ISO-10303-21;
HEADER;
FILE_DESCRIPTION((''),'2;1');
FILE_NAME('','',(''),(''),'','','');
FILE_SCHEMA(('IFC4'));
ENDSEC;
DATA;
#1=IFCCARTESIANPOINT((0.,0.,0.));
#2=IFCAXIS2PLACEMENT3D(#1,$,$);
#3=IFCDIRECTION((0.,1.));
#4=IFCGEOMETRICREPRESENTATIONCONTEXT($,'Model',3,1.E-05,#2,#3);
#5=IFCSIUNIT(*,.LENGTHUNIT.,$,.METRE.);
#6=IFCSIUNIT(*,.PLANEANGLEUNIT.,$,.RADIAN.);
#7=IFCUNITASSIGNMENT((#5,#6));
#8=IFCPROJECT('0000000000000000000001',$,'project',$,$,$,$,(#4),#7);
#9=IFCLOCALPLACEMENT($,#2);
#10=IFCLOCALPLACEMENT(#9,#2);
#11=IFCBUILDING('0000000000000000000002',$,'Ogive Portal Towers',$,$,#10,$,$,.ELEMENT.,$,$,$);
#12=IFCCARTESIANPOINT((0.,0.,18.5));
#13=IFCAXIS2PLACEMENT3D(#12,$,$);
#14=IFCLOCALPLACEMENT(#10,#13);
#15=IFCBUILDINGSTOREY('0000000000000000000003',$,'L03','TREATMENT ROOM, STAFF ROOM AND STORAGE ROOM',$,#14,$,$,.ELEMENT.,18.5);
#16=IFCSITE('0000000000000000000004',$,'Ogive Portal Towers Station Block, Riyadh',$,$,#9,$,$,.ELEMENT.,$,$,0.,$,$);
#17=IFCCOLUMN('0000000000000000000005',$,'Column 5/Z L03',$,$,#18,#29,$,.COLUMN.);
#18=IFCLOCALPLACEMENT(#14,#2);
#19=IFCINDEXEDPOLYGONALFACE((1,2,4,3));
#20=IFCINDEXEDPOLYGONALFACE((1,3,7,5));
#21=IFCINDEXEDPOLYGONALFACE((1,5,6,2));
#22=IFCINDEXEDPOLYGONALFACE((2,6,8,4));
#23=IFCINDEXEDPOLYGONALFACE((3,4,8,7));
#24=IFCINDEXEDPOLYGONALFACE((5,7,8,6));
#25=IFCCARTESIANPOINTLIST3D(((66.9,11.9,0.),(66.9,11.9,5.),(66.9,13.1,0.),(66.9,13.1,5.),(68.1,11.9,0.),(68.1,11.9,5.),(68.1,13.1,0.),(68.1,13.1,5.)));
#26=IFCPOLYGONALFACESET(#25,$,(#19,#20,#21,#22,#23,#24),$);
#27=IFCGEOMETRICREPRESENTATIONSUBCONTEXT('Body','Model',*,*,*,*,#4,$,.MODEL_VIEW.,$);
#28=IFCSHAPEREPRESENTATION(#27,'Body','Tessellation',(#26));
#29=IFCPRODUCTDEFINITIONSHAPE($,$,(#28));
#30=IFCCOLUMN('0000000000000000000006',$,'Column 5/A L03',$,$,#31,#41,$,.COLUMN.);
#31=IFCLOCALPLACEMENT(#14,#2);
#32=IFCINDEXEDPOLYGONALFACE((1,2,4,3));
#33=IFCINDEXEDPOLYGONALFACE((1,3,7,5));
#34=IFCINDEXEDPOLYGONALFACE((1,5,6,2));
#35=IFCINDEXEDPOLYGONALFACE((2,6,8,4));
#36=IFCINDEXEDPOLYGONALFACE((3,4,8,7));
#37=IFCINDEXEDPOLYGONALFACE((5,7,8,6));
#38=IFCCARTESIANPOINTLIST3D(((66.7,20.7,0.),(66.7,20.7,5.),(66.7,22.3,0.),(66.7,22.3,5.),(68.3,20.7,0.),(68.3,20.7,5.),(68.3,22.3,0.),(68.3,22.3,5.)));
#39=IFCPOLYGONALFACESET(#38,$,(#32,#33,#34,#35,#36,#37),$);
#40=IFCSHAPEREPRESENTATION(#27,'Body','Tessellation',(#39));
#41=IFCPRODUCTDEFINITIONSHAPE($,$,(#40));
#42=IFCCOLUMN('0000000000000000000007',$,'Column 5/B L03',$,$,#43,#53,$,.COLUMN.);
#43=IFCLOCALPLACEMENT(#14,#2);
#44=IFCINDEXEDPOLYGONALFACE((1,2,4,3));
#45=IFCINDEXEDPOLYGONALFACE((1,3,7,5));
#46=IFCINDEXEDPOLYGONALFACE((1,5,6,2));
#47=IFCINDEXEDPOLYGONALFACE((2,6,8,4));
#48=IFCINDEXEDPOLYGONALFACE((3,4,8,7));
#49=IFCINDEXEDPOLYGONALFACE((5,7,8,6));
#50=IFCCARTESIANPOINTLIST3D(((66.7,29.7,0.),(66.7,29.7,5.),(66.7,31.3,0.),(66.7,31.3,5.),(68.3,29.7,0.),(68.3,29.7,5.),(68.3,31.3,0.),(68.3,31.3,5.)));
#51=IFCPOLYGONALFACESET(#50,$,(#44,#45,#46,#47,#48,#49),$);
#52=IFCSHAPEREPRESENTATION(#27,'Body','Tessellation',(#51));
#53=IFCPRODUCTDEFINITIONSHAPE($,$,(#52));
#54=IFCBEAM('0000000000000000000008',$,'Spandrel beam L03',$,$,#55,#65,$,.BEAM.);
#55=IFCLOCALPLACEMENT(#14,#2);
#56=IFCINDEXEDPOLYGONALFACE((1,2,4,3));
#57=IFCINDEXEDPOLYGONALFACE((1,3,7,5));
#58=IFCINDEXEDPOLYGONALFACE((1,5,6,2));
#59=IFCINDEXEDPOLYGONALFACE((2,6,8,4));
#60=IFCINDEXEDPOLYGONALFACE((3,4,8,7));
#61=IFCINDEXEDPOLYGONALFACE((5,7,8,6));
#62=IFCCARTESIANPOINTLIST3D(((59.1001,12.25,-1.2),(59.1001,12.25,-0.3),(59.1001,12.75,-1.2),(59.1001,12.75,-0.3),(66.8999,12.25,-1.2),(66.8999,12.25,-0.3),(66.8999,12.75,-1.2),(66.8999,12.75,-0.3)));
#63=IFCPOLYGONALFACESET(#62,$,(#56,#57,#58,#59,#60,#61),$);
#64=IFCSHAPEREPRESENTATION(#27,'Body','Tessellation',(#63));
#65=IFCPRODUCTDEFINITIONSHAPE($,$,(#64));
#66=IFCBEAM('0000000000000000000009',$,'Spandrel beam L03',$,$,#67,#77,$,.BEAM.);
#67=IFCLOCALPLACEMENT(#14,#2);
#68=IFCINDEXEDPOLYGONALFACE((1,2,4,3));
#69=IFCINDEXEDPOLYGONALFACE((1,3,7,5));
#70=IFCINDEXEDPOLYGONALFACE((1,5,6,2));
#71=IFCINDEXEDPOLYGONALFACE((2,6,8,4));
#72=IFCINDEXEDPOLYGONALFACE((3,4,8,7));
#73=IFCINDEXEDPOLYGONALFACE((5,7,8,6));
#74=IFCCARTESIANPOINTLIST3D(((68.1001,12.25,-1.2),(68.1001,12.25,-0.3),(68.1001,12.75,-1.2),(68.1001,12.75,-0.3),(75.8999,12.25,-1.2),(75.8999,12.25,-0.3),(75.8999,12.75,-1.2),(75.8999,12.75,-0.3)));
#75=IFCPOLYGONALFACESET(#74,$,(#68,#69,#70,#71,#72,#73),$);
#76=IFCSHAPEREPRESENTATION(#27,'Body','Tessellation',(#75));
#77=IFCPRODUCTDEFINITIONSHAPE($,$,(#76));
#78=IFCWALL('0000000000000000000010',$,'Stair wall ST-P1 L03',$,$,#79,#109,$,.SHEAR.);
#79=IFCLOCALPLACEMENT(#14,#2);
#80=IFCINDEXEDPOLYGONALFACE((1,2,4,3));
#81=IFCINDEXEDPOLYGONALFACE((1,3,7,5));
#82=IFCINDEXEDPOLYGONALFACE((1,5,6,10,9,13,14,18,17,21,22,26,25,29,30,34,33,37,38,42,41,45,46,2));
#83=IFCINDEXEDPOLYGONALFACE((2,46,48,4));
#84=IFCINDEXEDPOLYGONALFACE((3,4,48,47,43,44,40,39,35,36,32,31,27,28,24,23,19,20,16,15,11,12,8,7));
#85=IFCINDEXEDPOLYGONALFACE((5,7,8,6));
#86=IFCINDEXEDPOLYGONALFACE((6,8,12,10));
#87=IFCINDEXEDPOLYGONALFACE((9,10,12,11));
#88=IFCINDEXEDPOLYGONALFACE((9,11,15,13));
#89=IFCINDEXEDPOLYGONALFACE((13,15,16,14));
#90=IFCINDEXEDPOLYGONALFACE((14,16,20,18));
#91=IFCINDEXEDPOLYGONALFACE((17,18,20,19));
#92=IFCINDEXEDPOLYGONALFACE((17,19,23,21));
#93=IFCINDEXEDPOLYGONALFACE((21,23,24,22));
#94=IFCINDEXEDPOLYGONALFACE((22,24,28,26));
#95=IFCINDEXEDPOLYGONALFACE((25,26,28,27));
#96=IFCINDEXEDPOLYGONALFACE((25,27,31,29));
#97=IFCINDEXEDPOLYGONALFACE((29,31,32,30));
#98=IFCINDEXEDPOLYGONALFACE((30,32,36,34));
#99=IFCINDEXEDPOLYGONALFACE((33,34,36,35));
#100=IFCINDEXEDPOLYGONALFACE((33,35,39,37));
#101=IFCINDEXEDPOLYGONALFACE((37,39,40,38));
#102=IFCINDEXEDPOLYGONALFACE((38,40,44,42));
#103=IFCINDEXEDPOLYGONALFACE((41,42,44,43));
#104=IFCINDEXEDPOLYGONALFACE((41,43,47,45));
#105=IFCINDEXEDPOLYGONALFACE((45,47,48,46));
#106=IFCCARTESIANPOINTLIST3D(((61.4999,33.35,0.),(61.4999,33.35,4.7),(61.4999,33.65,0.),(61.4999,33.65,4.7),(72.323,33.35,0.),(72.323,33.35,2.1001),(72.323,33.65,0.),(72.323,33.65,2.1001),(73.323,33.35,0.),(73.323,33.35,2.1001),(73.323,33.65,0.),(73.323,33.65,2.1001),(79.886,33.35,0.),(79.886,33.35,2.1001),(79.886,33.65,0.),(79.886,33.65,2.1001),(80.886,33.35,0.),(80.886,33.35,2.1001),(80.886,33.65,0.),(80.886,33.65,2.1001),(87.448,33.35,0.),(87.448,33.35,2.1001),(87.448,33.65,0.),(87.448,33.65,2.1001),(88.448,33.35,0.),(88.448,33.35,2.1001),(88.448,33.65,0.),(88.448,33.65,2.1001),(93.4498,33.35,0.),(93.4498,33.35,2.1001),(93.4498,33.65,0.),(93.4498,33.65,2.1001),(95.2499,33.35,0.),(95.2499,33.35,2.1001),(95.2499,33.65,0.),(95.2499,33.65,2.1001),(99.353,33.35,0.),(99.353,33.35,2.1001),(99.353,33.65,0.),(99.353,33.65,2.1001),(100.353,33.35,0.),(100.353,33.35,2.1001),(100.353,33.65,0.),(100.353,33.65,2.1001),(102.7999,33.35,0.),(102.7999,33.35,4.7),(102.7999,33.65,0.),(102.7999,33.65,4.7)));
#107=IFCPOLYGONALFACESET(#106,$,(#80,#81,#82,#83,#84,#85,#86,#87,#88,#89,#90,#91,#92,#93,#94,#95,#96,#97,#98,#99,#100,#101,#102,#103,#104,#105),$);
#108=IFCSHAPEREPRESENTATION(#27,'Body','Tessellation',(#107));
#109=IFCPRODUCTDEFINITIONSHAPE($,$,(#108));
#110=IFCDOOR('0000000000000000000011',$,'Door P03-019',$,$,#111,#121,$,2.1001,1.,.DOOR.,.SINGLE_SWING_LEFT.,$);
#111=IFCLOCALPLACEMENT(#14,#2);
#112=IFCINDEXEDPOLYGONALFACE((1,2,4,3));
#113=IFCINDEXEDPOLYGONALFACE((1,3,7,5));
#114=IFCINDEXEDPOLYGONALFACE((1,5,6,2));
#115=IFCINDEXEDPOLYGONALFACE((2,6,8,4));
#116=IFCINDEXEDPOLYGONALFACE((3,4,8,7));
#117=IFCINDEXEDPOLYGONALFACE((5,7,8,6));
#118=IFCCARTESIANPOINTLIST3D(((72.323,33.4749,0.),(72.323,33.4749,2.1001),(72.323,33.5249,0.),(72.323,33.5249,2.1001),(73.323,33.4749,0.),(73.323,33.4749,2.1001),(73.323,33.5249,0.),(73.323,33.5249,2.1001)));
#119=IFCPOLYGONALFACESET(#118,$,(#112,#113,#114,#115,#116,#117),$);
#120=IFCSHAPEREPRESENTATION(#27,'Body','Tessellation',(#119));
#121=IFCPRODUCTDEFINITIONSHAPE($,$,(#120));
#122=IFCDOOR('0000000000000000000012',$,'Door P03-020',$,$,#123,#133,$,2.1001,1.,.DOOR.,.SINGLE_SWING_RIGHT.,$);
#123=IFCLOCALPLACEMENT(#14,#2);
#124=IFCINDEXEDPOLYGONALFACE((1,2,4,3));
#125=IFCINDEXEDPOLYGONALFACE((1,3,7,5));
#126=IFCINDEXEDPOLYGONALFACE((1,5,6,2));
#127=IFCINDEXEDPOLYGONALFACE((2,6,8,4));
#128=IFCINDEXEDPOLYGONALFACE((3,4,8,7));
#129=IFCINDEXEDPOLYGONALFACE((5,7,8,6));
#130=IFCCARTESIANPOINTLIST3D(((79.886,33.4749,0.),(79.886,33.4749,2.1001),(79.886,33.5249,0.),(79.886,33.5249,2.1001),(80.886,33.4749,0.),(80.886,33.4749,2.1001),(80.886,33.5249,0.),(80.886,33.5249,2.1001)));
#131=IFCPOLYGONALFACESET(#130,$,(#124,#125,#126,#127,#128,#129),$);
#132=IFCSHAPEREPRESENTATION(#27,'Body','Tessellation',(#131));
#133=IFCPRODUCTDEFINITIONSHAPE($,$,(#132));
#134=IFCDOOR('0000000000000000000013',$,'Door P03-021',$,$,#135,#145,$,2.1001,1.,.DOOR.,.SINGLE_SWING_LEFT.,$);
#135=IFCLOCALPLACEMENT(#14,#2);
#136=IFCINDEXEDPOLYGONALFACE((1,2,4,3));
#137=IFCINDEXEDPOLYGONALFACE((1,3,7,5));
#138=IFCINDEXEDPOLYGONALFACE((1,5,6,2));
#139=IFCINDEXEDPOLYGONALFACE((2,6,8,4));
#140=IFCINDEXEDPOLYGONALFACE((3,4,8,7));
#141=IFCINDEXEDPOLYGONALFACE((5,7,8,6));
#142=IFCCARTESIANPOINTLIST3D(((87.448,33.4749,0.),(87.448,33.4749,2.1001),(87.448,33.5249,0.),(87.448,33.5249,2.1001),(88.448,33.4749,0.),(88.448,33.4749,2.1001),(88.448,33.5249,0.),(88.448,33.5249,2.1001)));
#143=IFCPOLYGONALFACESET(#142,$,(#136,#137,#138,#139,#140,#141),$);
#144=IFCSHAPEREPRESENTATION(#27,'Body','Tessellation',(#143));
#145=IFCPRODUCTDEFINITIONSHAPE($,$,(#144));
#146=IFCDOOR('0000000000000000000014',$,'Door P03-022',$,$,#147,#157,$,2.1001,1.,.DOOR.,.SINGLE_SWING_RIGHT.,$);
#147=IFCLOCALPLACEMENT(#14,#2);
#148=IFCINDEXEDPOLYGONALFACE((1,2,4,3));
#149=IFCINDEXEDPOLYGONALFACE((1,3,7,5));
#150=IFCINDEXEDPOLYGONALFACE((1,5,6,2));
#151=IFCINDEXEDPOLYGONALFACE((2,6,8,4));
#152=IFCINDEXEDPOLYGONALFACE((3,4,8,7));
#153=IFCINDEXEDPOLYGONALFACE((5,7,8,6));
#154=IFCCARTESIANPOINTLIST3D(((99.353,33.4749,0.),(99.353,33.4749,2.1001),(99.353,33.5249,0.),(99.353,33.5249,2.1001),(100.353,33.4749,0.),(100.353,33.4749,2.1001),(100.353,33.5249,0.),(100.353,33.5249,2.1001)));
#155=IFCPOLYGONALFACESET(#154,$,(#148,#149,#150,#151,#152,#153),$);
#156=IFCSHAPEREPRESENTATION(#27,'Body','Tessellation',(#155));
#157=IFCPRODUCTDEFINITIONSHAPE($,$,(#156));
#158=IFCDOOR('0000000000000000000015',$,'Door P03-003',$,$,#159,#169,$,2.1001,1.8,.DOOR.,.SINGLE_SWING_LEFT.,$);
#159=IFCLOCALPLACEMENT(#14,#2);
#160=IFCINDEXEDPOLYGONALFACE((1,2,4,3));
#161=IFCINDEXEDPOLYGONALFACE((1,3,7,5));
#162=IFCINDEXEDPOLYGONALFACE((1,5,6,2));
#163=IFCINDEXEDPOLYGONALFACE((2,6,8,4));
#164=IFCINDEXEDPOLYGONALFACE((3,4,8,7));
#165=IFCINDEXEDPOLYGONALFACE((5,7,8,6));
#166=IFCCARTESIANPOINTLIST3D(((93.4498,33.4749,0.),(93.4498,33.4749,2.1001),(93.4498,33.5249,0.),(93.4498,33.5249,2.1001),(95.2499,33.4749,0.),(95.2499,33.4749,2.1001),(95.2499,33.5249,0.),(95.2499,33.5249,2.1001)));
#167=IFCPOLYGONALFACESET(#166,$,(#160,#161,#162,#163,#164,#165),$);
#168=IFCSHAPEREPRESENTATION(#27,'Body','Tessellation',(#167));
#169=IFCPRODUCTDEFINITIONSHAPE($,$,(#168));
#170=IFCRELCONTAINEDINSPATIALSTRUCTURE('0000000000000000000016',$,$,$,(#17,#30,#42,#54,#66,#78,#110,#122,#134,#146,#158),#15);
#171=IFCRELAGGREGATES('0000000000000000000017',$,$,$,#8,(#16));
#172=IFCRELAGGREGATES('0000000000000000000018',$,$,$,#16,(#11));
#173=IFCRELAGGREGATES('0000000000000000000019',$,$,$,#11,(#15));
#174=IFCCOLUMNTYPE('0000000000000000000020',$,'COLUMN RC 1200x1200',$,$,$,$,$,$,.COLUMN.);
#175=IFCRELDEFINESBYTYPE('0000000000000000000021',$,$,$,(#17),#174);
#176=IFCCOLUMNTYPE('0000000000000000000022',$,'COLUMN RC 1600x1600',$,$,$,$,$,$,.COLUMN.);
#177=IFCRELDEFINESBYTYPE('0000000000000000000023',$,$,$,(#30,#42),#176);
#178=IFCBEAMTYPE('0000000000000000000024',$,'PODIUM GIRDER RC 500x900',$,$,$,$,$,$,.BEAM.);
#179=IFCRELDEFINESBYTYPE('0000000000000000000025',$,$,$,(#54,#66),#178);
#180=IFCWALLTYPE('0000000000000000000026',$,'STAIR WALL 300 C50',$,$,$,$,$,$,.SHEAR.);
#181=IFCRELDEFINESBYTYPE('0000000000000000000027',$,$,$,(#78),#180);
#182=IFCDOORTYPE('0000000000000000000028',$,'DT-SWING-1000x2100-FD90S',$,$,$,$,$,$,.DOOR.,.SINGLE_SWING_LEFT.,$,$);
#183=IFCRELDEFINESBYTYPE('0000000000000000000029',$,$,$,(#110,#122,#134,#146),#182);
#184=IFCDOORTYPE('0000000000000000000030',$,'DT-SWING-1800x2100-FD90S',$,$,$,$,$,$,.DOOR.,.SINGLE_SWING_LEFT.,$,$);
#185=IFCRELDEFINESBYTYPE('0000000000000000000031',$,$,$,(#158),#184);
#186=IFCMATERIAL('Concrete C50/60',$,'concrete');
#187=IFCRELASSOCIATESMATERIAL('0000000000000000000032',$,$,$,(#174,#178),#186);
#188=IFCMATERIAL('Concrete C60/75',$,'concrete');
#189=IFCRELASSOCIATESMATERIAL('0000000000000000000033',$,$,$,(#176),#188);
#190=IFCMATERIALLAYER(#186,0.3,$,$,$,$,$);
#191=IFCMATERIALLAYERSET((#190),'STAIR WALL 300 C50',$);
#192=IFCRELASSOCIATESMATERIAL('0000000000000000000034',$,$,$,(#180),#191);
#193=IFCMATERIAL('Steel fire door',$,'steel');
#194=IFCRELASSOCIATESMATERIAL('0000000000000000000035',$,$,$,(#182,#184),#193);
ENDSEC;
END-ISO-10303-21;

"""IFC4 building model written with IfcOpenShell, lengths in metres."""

from ifc_helpers import new_model, si_unit, direction, frame, frame_2d, origin, origin_2d, place, context, subcontext, project, spatial, rectangle, extrude, material, layer, layer_set, material_profile, profile_set, type_object, element, fill, save


model = new_model("IFC4")

# Units and contexts
model_context = context("Model", 3, precision=1e-05, world=origin(), true_north=direction((0.0, 1.0)))
body_context = subcontext(model_context, "Body", "Model", "MODEL_VIEW")
ifc_project = project(units=[si_unit("LENGTHUNIT", "METRE"), si_unit("PLANEANGLEUNIT", "RADIAN")], contexts=[model_context])

# Site, building, storey
site_placement = place(None, origin())
site = spatial("IfcSite", under=ifc_project, at=site_placement, Name="Ogive Portal Towers Station Block, Riyadh", CompositionType="ELEMENT", RefElevation=0.0)
building_placement = place(site_placement, origin())
building = spatial("IfcBuilding", under=site, at=building_placement, Name="Ogive Portal Towers", CompositionType="ELEMENT")
storey_placement = place(building_placement, frame((0.0, 0.0, 18.5)))
storey = spatial("IfcBuildingStorey", under=building, at=storey_placement, Name="L03", Description="TREATMENT ROOM, STAFF ROOM AND STORAGE ROOM", CompositionType="ELEMENT", Elevation=18.5)

# Columns
ifc_material_1 = material(Name="Concrete C50/60", Category="concrete")
ifc_material_profile_1 = material_profile(ifc_material_1, rectangle(XDim=1.2, YDim=1.2, at=origin_2d()), Name="RC 1200x1200")
ifc_profile_set_1 = profile_set([ifc_material_profile_1], Name="Concrete C50/60")
column_type_1 = type_object("IfcColumnType", Name="COLUMN RC 1200x1200", PredefinedType="COLUMN", material=ifc_profile_set_1)
column_placement = place(storey_placement, frame((67.5, 12.5, 0.0), z_axis=(0.0, 0.0, 1.0), x_axis=(1.0, 0.0, 0.0)))
element("IfcColumn", 1, at=column_placement, inside=storey, type_object=column_type_1, Name="Column 5/Z L03", PredefinedType="COLUMN", context=body_context, shape_type="SweptSolid", body=[
    extrude(rectangle(XDim=1.2, YDim=1.2, at=origin_2d()), origin(), (0.0, 0.0, 1.0), 5.0),
])
ifc_material_2 = material(Name="Concrete C60/75", Category="concrete")
ifc_material_profile_2 = material_profile(ifc_material_2, rectangle(XDim=1.6001, YDim=1.6001, at=origin_2d()), Name="RC 1600x1600")
ifc_profile_set_2 = profile_set([ifc_material_profile_2], Name="Concrete C60/75")
column_type_2 = type_object("IfcColumnType", Name="COLUMN RC 1600x1600", PredefinedType="COLUMN", material=ifc_profile_set_2)
for number, where, z_axis, x_axis, name in (
    (2, (67.5, 21.5, 0.0), (0.0, 0.0, 1.0), (1.0, 0.0, 0.0), "Column 5/A L03"),
    (3, (67.5, 30.5, 0.0), (0.0, 0.0, 1.0), (1.0, 0.0, 0.0), "Column 5/B L03"),
):
    element("IfcColumn", number, at=place(storey_placement, frame(where, z_axis=z_axis, x_axis=x_axis)), inside=storey, type_object=column_type_2, Name=name, PredefinedType="COLUMN", context=body_context, shape_type="SweptSolid", body=[
        extrude(rectangle(XDim=1.6001, YDim=1.6001, at=origin_2d()), origin(), (0.0, 0.0, 1.0), 5.0),
    ])

# Beams
ifc_material_profile_3 = material_profile(ifc_material_1, rectangle(XDim=0.5, YDim=0.8999, at=origin_2d()), Name="RC 500x900")
ifc_profile_set_3 = profile_set([ifc_material_profile_3], Name="Concrete C50/60")
beam_type = type_object("IfcBeamType", Name="PODIUM GIRDER RC 500x900", PredefinedType="BEAM", material=ifc_profile_set_3)
for number, where, z_axis, x_axis, name in (
    (4, (59.1001, 12.5, -0.75), (1.0, 0.0, 0.0), (0.0, 1.0, 0.0), "Spandrel beam L03"),
    (5, (68.1001, 12.5, -0.75), (1.0, 0.0, 0.0), (0.0, 1.0, 0.0), "Spandrel beam L03"),
):
    element("IfcBeam", number, at=place(storey_placement, frame(where, z_axis=z_axis, x_axis=x_axis)), inside=storey, type_object=beam_type, Name=name, PredefinedType="BEAM", context=body_context, shape_type="SweptSolid", body=[
        extrude(rectangle(XDim=0.5, YDim=0.8999, at=origin_2d()), origin(), (0.0, 0.0, 1.0), 7.7998),
    ])

# Wall, openings, doors
ifc_layer_1 = layer(ifc_material_1, 0.3)
ifc_layer_set_1 = layer_set([ifc_layer_1], Name="STAIR WALL 300 C50")
wall_type_1 = type_object("IfcWallType", Name="STAIR WALL 300 C50", PredefinedType="SHEAR", material=ifc_layer_set_1)
wall_1_placement = place(storey_placement, frame((61.5, 33.5, 0.0), z_axis=(0.0, 0.0, 1.0), x_axis=(1.0, 0.0, 0.0)))
wall_1 = element("IfcWall", 6, at=wall_1_placement, inside=storey, type_object=wall_type_1, Name="Stair wall ST-P1 L03", PredefinedType="SHEAR", context=body_context, shape_type="SweptSolid", body=[
    extrude(rectangle(XDim=41.3, YDim=0.3, at=frame_2d((20.6499, 0.0))), origin(), (0.0, 0.0, 1.0), 4.7),
])
opening_1_placement = place(wall_1_placement, frame((31.95, 0.0, 0.0)))
opening_1 = element("IfcOpeningElement", 7, at=opening_1_placement, cuts=wall_1, PredefinedType="OPENING", context=body_context, shape_type="SweptSolid", body=[
    extrude(rectangle(XDim=1.8, YDim=2.1001, at=frame_2d((0.8999, 1.05))), frame((0.0, 0.1602, 0.0), z_axis=(0.0, -1.0, 0.0), x_axis=(1.0, 0.0, 0.0)), (0.0, 0.0, 1.0), 0.3201),
])
opening_2_placement = place(wall_1_placement, frame((10.823, 0.0, 0.0)))
opening_2 = element("IfcOpeningElement", 8, at=opening_2_placement, cuts=wall_1, PredefinedType="OPENING", context=body_context, shape_type="SweptSolid", body=[
    extrude(rectangle(XDim=1.0, YDim=2.1001, at=frame_2d((0.5, 1.05))), frame((0.0, 0.1602, 0.0), z_axis=(0.0, -1.0, 0.0), x_axis=(1.0, 0.0, 0.0)), (0.0, 0.0, 1.0), 0.3201),
])
opening_3_placement = place(wall_1_placement, frame((18.386, 0.0, 0.0)))
opening_3 = element("IfcOpeningElement", 9, at=opening_3_placement, cuts=wall_1, PredefinedType="OPENING", context=body_context, shape_type="SweptSolid", body=[
    extrude(rectangle(XDim=1.0, YDim=2.1001, at=frame_2d((0.5, 1.05))), frame((0.0, 0.1602, 0.0), z_axis=(0.0, -1.0, 0.0), x_axis=(1.0, 0.0, 0.0)), (0.0, 0.0, 1.0), 0.3201),
])
opening_4_placement = place(wall_1_placement, frame((25.948, 0.0, 0.0)))
opening_4 = element("IfcOpeningElement", 10, at=opening_4_placement, cuts=wall_1, PredefinedType="OPENING", context=body_context, shape_type="SweptSolid", body=[
    extrude(rectangle(XDim=1.0, YDim=2.1001, at=frame_2d((0.5, 1.05))), frame((0.0, 0.1602, 0.0), z_axis=(0.0, -1.0, 0.0), x_axis=(1.0, 0.0, 0.0)), (0.0, 0.0, 1.0), 0.3201),
])
opening_5_placement = place(wall_1_placement, frame((37.853, 0.0, 0.0)))
opening_5 = element("IfcOpeningElement", 11, at=opening_5_placement, cuts=wall_1, PredefinedType="OPENING", context=body_context, shape_type="SweptSolid", body=[
    extrude(rectangle(XDim=1.0, YDim=2.1001, at=frame_2d((0.5, 1.05))), frame((0.0, 0.1602, 0.0), z_axis=(0.0, -1.0, 0.0), x_axis=(1.0, 0.0, 0.0)), (0.0, 0.0, 1.0), 0.3201),
])
ifc_material_3 = material(Name="Steel fire door", Category="steel")
door_type_1 = type_object("IfcDoorType", Name="DT-SWING-1000x2100-FD90S", OperationType="SINGLE_SWING_LEFT", PredefinedType="DOOR", material=ifc_material_3)
door_1_placement = place(opening_2_placement, origin())
door_1 = element("IfcDoor", 12, at=door_1_placement, inside=storey, type_object=door_type_1, Name="Door P03-019", OperationType="SINGLE_SWING_LEFT", OverallHeight=2.1001, OverallWidth=1.0, PredefinedType="DOOR", context=body_context, shape_type="SweptSolid", body=[
    extrude(rectangle(XDim=1.0, YDim=2.1001, at=frame_2d((0.5, 1.05))), frame((0.0, 0.0249, 0.0), z_axis=(0.0, -1.0, 0.0), x_axis=(1.0, 0.0, 0.0)), (0.0, 0.0, 1.0), 0.05),
])
fill(opening_2, door_1)
door_2_placement = place(opening_3_placement, origin())
door_2 = element("IfcDoor", 13, at=door_2_placement, inside=storey, type_object=door_type_1, Name="Door P03-020", OperationType="SINGLE_SWING_RIGHT", OverallHeight=2.1001, OverallWidth=1.0, PredefinedType="DOOR", context=body_context, shape_type="SweptSolid", body=[
    extrude(rectangle(XDim=1.0, YDim=2.1001, at=frame_2d((0.5, 1.05))), frame((0.0, 0.0249, 0.0), z_axis=(0.0, -1.0, 0.0), x_axis=(1.0, 0.0, 0.0)), (0.0, 0.0, 1.0), 0.05),
])
fill(opening_3, door_2)
door_3_placement = place(opening_4_placement, origin())
door_3 = element("IfcDoor", 14, at=door_3_placement, inside=storey, type_object=door_type_1, Name="Door P03-021", OperationType="SINGLE_SWING_LEFT", OverallHeight=2.1001, OverallWidth=1.0, PredefinedType="DOOR", context=body_context, shape_type="SweptSolid", body=[
    extrude(rectangle(XDim=1.0, YDim=2.1001, at=frame_2d((0.5, 1.05))), frame((0.0, 0.0249, 0.0), z_axis=(0.0, -1.0, 0.0), x_axis=(1.0, 0.0, 0.0)), (0.0, 0.0, 1.0), 0.05),
])
fill(opening_4, door_3)
door_4_placement = place(opening_5_placement, origin())
door_4 = element("IfcDoor", 15, at=door_4_placement, inside=storey, type_object=door_type_1, Name="Door P03-022", OperationType="SINGLE_SWING_RIGHT", OverallHeight=2.1001, OverallWidth=1.0, PredefinedType="DOOR", context=body_context, shape_type="SweptSolid", body=[
    extrude(rectangle(XDim=1.0, YDim=2.1001, at=frame_2d((0.5, 1.05))), frame((0.0, 0.0249, 0.0), z_axis=(0.0, -1.0, 0.0), x_axis=(1.0, 0.0, 0.0)), (0.0, 0.0, 1.0), 0.05),
])
fill(opening_5, door_4)
door_type_2 = type_object("IfcDoorType", Name="DT-SWING-1800x2100-FD90S", OperationType="SINGLE_SWING_LEFT", PredefinedType="DOOR", material=ifc_material_3)
door_5_placement = place(opening_1_placement, origin())
door_5 = element("IfcDoor", 16, at=door_5_placement, inside=storey, type_object=door_type_2, Name="Door P03-003", OperationType="SINGLE_SWING_LEFT", OverallHeight=2.1001, OverallWidth=1.8, PredefinedType="DOOR", context=body_context, shape_type="SweptSolid", body=[
    extrude(rectangle(XDim=1.8, YDim=2.1001, at=frame_2d((0.8999, 1.05))), frame((0.0, 0.0249, 0.0), z_axis=(0.0, -1.0, 0.0), x_axis=(1.0, 0.0, 0.0)), (0.0, 0.0, 1.0), 0.05),
])
fill(opening_1, door_5)

save(model, "model.ifc")
